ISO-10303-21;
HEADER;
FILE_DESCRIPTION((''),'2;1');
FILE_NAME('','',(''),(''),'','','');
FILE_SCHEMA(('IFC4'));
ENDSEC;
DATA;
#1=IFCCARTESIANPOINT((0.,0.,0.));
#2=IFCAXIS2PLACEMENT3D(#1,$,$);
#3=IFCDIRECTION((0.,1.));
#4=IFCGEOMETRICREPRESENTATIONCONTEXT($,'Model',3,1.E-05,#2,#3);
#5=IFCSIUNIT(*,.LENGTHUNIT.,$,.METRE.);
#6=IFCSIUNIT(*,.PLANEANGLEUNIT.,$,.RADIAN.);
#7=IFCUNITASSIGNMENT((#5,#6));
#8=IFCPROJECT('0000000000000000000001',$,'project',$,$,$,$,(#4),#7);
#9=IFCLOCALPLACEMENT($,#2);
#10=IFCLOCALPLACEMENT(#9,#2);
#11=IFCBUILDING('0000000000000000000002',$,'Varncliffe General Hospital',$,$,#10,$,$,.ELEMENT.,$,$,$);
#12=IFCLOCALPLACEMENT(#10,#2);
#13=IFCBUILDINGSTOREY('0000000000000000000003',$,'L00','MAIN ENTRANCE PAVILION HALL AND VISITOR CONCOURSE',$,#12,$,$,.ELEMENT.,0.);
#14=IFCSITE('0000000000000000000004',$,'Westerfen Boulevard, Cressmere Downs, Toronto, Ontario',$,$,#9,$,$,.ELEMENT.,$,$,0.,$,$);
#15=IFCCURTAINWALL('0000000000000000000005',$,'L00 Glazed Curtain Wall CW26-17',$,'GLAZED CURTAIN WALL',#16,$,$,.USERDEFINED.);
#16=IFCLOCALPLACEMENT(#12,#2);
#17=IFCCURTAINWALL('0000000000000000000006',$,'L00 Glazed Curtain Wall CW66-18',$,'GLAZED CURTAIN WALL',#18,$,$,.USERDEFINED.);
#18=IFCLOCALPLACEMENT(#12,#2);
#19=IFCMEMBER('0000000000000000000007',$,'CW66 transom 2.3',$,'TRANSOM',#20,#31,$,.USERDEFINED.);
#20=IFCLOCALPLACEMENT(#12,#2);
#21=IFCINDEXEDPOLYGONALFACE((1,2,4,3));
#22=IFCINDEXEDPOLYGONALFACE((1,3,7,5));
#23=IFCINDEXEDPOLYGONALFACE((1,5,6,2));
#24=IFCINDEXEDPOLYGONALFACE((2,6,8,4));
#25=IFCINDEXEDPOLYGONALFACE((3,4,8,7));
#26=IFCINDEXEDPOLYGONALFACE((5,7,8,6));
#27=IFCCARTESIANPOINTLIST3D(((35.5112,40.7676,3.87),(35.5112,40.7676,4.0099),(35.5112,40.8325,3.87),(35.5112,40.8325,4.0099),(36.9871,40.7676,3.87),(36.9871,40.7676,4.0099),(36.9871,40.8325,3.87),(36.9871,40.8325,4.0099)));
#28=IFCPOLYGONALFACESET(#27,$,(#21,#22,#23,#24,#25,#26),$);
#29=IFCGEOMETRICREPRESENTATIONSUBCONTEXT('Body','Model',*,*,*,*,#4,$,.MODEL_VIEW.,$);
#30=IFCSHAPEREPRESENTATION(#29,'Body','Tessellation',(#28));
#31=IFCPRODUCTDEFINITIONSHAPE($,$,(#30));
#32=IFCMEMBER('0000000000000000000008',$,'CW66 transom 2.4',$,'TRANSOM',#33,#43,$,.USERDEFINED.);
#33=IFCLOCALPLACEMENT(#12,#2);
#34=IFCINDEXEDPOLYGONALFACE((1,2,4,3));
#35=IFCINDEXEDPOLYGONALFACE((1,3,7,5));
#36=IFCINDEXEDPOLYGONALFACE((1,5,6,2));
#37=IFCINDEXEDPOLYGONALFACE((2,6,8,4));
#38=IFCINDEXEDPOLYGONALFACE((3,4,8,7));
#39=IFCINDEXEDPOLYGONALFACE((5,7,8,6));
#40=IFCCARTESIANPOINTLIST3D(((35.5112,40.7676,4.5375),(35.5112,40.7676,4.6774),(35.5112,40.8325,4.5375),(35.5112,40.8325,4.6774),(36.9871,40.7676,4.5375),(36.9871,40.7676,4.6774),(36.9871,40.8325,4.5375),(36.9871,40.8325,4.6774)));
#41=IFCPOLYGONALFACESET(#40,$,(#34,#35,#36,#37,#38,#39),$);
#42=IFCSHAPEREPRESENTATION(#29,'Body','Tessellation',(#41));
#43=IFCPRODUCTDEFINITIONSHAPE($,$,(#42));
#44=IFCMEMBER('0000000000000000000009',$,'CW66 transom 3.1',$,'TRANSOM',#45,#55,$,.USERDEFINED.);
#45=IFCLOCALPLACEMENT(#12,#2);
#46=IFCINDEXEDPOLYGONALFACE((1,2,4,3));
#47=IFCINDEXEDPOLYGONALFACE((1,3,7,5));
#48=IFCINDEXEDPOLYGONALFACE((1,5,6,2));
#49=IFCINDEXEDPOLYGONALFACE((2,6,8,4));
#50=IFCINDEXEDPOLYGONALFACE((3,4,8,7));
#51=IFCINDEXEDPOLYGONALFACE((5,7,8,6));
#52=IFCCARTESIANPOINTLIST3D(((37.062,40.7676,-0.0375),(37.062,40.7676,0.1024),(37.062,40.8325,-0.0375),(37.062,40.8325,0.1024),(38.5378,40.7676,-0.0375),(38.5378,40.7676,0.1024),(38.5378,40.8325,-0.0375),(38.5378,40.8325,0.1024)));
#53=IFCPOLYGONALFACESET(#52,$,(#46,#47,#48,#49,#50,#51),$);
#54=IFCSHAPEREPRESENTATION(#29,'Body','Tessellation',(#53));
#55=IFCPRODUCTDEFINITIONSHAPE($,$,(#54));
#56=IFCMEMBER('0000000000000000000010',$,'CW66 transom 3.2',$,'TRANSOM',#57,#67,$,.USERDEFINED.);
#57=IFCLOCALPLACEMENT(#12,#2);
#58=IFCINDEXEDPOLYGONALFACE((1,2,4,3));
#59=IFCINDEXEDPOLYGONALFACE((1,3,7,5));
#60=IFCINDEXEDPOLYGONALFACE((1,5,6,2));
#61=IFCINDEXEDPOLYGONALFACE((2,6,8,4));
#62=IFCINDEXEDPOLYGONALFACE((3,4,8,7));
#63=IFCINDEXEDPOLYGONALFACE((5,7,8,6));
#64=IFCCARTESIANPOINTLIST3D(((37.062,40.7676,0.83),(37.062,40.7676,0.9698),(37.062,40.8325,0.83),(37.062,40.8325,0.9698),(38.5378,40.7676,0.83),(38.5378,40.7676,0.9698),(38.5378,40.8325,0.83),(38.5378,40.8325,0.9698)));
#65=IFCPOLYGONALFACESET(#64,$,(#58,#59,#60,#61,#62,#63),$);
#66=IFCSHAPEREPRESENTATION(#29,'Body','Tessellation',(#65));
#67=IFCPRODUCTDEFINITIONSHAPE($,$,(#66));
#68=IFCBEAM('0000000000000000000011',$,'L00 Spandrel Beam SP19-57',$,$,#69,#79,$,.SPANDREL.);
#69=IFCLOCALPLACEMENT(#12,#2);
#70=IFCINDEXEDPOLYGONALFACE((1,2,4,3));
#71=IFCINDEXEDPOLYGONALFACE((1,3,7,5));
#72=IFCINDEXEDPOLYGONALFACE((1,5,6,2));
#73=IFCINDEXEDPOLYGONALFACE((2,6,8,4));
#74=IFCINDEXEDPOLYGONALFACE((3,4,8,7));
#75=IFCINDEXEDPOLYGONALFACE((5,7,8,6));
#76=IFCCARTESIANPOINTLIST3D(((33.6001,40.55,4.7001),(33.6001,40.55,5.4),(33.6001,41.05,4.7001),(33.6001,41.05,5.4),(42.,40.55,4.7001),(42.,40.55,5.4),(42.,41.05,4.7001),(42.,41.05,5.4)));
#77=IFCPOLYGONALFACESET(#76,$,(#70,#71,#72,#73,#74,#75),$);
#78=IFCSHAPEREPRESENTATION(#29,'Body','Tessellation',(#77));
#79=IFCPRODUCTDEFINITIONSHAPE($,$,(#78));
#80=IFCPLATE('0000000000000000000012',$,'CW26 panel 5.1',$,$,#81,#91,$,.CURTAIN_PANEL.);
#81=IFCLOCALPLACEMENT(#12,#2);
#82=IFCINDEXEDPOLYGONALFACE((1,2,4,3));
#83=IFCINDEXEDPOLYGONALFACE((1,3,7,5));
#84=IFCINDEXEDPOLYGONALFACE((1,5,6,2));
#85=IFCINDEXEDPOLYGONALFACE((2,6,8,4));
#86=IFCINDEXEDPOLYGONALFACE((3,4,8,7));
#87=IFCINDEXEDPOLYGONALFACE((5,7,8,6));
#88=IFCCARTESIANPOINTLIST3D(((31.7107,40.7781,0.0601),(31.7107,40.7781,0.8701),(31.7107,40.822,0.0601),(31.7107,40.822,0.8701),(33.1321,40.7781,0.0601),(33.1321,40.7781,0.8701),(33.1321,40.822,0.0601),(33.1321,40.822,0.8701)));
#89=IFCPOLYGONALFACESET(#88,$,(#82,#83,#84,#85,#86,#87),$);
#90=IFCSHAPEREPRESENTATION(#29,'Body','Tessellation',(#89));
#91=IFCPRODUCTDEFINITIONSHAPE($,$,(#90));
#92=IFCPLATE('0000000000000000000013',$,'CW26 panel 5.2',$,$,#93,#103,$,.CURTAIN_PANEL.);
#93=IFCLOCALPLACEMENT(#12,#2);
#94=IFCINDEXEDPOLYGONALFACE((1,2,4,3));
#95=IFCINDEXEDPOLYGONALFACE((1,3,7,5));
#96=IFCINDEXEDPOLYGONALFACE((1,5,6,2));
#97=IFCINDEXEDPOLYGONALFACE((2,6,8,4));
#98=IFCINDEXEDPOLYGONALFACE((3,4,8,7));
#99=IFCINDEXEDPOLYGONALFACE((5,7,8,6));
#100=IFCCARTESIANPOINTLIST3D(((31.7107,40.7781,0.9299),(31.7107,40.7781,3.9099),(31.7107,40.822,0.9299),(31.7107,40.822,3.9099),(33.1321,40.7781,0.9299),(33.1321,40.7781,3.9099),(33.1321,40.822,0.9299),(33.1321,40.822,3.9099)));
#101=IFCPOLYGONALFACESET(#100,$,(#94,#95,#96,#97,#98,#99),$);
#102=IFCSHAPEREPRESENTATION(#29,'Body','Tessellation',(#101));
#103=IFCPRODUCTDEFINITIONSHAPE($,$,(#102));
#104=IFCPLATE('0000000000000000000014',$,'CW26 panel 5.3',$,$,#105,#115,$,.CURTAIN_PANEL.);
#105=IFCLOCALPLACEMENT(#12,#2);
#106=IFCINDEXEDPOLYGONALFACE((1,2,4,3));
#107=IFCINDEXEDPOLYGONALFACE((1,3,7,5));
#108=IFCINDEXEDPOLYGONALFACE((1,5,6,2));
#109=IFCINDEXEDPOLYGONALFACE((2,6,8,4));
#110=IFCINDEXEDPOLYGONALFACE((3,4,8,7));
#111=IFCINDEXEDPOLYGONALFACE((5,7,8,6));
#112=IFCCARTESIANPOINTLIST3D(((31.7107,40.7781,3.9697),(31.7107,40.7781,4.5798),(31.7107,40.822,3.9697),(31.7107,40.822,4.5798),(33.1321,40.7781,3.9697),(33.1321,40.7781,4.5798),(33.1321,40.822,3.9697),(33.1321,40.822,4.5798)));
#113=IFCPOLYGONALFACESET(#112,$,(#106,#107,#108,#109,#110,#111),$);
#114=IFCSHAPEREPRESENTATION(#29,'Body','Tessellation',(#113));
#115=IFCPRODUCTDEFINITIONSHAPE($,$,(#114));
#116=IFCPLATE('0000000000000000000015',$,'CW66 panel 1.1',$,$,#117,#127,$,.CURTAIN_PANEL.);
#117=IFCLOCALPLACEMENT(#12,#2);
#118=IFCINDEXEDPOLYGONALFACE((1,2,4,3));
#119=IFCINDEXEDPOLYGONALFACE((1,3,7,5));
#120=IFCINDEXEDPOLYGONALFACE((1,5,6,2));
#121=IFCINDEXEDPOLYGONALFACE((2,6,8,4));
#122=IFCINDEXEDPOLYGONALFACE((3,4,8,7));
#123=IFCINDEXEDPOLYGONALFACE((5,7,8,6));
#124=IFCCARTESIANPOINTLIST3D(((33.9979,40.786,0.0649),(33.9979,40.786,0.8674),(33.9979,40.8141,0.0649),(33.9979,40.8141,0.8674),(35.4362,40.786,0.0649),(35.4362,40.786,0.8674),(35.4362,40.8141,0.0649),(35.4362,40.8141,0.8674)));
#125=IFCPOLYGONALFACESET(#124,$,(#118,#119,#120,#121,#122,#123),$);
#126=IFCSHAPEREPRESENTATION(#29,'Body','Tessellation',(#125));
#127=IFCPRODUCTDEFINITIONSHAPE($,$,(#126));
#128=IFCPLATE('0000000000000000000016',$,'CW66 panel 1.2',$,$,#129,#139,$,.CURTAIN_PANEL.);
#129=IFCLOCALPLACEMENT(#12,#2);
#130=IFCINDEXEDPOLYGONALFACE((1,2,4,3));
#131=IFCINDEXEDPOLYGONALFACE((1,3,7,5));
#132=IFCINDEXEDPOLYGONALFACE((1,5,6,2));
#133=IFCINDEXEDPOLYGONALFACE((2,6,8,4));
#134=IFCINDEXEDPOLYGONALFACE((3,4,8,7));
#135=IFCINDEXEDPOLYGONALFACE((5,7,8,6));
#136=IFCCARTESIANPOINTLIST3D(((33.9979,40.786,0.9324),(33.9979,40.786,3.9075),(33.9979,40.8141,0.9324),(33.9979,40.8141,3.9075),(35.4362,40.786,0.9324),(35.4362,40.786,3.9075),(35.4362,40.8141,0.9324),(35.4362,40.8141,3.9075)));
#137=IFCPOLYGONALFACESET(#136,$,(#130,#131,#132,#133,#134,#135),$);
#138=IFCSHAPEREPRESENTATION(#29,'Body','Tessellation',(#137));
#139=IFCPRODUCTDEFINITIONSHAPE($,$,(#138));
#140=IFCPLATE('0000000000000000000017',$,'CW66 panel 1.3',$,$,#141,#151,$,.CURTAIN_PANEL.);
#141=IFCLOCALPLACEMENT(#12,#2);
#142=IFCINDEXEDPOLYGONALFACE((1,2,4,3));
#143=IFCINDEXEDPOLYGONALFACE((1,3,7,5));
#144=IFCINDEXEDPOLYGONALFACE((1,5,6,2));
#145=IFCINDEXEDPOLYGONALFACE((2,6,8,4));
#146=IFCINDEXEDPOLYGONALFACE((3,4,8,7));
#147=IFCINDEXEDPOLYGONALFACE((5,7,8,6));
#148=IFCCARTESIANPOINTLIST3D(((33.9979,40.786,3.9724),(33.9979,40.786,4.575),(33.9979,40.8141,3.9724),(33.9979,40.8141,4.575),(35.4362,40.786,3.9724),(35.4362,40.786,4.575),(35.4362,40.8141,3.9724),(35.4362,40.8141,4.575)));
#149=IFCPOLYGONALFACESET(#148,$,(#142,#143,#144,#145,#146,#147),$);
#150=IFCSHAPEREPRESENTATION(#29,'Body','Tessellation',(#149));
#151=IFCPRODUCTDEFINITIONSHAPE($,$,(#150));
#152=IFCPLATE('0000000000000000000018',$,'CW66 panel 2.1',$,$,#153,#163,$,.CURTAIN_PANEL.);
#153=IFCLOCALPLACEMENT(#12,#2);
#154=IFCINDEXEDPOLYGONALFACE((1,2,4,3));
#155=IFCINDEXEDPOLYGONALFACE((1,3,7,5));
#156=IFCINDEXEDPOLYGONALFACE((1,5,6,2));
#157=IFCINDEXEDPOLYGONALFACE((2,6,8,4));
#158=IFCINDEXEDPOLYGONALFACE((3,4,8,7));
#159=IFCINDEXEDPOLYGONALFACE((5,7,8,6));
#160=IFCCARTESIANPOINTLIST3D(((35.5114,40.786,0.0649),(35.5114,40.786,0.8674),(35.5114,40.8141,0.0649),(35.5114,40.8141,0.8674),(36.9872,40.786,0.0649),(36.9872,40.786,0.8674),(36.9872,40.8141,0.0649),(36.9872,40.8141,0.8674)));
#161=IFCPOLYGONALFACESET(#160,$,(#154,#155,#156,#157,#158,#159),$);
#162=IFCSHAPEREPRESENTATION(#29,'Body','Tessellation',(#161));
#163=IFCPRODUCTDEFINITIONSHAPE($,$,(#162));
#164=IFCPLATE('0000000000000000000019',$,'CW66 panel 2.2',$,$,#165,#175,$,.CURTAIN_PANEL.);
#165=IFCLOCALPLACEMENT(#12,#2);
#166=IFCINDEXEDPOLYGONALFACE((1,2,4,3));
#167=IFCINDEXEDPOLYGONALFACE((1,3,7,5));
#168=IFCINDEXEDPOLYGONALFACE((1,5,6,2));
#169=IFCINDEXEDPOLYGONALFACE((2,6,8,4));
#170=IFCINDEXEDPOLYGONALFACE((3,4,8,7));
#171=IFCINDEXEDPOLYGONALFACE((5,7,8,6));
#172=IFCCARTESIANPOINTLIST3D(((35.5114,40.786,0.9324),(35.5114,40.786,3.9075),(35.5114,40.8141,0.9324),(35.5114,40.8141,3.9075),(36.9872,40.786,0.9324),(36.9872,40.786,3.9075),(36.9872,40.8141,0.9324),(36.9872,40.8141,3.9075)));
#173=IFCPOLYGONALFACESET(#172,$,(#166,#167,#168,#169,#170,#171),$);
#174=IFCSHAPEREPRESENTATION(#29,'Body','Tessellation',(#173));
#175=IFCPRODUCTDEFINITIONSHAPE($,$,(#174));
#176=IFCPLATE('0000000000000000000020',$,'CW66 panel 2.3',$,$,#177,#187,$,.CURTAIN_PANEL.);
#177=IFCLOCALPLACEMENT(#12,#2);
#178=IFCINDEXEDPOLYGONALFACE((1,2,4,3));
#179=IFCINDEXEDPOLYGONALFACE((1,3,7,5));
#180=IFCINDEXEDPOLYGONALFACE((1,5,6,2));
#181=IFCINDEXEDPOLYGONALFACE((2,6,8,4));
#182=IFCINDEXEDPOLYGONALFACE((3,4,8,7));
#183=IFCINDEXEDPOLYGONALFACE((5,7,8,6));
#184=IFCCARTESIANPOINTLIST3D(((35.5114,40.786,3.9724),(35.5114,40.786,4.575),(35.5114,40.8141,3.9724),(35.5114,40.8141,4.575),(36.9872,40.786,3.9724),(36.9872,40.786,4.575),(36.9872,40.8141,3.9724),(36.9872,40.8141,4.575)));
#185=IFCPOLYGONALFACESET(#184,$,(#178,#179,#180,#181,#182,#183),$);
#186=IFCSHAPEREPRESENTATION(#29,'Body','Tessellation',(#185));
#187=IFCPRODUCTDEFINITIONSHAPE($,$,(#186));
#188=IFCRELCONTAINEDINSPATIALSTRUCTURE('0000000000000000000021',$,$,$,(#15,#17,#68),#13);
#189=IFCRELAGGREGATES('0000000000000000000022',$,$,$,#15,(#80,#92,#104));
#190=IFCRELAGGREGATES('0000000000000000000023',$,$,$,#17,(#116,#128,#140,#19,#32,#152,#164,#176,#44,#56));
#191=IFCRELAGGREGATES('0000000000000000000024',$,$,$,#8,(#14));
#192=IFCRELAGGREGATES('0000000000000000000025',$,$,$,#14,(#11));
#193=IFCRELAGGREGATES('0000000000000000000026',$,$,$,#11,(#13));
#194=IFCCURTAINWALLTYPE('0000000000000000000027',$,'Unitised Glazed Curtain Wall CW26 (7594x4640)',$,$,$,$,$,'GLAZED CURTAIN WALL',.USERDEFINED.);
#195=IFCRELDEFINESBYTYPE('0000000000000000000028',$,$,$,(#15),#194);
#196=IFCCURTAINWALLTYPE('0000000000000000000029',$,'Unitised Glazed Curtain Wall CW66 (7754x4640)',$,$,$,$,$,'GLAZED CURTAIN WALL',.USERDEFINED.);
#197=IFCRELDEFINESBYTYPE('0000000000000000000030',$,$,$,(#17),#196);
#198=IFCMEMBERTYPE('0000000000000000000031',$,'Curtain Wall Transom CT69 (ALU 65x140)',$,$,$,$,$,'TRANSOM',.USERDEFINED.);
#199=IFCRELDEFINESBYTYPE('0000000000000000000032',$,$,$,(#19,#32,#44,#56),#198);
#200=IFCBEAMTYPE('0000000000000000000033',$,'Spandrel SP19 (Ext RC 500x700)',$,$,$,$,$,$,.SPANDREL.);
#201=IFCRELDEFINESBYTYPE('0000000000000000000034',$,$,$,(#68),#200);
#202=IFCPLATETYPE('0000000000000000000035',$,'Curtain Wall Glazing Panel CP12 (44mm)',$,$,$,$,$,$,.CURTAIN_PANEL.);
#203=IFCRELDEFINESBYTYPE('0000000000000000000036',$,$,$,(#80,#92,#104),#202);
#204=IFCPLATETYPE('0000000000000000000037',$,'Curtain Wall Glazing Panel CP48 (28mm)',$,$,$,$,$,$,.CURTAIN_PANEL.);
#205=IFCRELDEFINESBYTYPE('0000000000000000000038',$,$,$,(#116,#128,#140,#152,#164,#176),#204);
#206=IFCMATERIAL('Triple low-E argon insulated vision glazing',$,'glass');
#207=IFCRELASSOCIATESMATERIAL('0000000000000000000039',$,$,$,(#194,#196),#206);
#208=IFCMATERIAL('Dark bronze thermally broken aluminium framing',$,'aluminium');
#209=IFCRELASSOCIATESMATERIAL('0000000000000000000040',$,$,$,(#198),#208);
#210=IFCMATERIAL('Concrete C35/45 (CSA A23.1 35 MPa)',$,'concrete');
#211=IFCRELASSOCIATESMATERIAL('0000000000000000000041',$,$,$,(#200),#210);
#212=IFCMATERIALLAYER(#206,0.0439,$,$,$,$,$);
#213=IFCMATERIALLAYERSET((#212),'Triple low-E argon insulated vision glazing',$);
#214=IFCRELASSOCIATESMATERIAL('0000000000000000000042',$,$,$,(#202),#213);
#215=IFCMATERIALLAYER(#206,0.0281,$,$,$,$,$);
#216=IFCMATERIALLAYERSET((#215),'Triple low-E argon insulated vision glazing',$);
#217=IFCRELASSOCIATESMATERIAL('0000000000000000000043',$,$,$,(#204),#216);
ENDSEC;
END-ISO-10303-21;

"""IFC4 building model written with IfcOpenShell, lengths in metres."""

from ifc_helpers import new_model, si_unit, direction, frame, origin, origin_2d, place, context, subcontext, project, spatial, rectangle, extrude, material, layer, layer_set, material_profile, profile_set, type_object, element, aggregate, save


model = new_model("IFC4")

# Units and contexts
model_context = context("Model", 3, precision=1e-05, world=origin(), true_north=direction((0.0, 1.0)))
body_context = subcontext(model_context, "Body", "Model", "MODEL_VIEW")
ifc_project = project(units=[si_unit("LENGTHUNIT", "METRE"), si_unit("PLANEANGLEUNIT", "RADIAN")], contexts=[model_context])

# Site, building, storey
site_placement = place(None, origin())
site = spatial("IfcSite", under=ifc_project, at=site_placement, Name="Westerfen Boulevard, Cressmere Downs, Toronto, Ontario", CompositionType="ELEMENT", RefElevation=0.0)
building_placement = place(site_placement, origin())
building = spatial("IfcBuilding", under=site, at=building_placement, Name="Varncliffe General Hospital", CompositionType="ELEMENT")
storey_placement = place(building_placement, origin())
storey = spatial("IfcBuildingStorey", under=building, at=storey_placement, Name="L00", Description="MAIN ENTRANCE PAVILION HALL AND VISITOR CONCOURSE", CompositionType="ELEMENT", Elevation=0.0)

# Curtain wall
ifc_material_1 = material(Name="Triple low-E argon insulated vision glazing", Category="glass")
curtain_wall_type_1 = type_object("IfcCurtainWallType", Name="Unitised Glazed Curtain Wall CW26 (7594x4640)", ElementType="GLAZED CURTAIN WALL", PredefinedType="USERDEFINED", material=ifc_material_1)
curtain_wall_1_placement = place(storey_placement, origin())
curtain_wall_1 = element("IfcCurtainWall", 1, at=curtain_wall_1_placement, inside=storey, type_object=curtain_wall_type_1, Name="L00 Glazed Curtain Wall CW26-17", ObjectType="GLAZED CURTAIN WALL", PredefinedType="USERDEFINED")
ifc_material_2 = material(Name="Dark bronze thermally broken aluminium framing", Category="aluminium")

# Curtain wall
curtain_wall_type_2 = type_object("IfcCurtainWallType", Name="Unitised Glazed Curtain Wall CW66 (7754x4640)", ElementType="GLAZED CURTAIN WALL", PredefinedType="USERDEFINED", material=ifc_material_1)
curtain_wall_2_placement = place(storey_placement, origin())
curtain_wall_2 = element("IfcCurtainWall", 2, at=curtain_wall_2_placement, inside=storey, type_object=curtain_wall_type_2, Name="L00 Glazed Curtain Wall CW66-18", ObjectType="GLAZED CURTAIN WALL", PredefinedType="USERDEFINED")

# Members
ifc_material_profile_1 = material_profile(ifc_material_2, rectangle(XDim=0.0649, YDim=0.1399, at=origin_2d()), Name="ALU 65x140")
ifc_profile_set_1 = profile_set([ifc_material_profile_1], Name="Dark bronze thermally broken aluminium framing")
member_type_1 = type_object("IfcMemberType", Name="Curtain Wall Transom CT69 (ALU 65x140)", ElementType="TRANSOM", PredefinedType="USERDEFINED", material=ifc_profile_set_1)
member_1_placement = place(storey_placement, frame((35.5112, 40.8, 3.9399), z_axis=(1.0, 0.0, 0.0), x_axis=(0.0, 1.0, 0.0)))
member_1 = element("IfcMember", 3, at=member_1_placement, type_object=member_type_1, Name="CW66 transom 2.3", ObjectType="TRANSOM", PredefinedType="USERDEFINED", context=body_context, shape_type="SweptSolid", body=[
    extrude(rectangle(XDim=0.0649, YDim=0.1399, at=origin_2d()), origin(), (0.0, 0.0, 1.0), 1.4758),
])
member_2_placement = place(storey_placement, frame((35.5112, 40.8, 4.6074), z_axis=(1.0, 0.0, 0.0), x_axis=(0.0, 1.0, 0.0)))
member_2 = element("IfcMember", 4, at=member_2_placement, type_object=member_type_1, Name="CW66 transom 2.4", ObjectType="TRANSOM", PredefinedType="USERDEFINED", context=body_context, shape_type="SweptSolid", body=[
    extrude(rectangle(XDim=0.0649, YDim=0.1399, at=origin_2d()), origin(), (0.0, 0.0, 1.0), 1.4758),
])
member_3_placement = place(storey_placement, frame((37.062, 40.8, 0.0325), z_axis=(1.0, 0.0, 0.0), x_axis=(0.0, 1.0, 0.0)))
member_3 = element("IfcMember", 5, at=member_3_placement, type_object=member_type_1, Name="CW66 transom 3.1", ObjectType="TRANSOM", PredefinedType="USERDEFINED", context=body_context, shape_type="SweptSolid", body=[
    extrude(rectangle(XDim=0.0649, YDim=0.1399, at=origin_2d()), origin(), (0.0, 0.0, 1.0), 1.4758),
])
member_4_placement = place(storey_placement, frame((37.062, 40.8, 0.8999), z_axis=(1.0, 0.0, 0.0), x_axis=(0.0, 1.0, 0.0)))
member_4 = element("IfcMember", 6, at=member_4_placement, type_object=member_type_1, Name="CW66 transom 3.2", ObjectType="TRANSOM", PredefinedType="USERDEFINED", context=body_context, shape_type="SweptSolid", body=[
    extrude(rectangle(XDim=0.0649, YDim=0.1399, at=origin_2d()), origin(), (0.0, 0.0, 1.0), 1.4758),
])

# Beam
ifc_material_3 = material(Name="Concrete C35/45 (CSA A23.1 35 MPa)", Category="concrete")
ifc_material_profile_2 = material_profile(ifc_material_3, rectangle(XDim=0.5, YDim=0.7, at=origin_2d()), Name="RC 500x700")
ifc_profile_set_2 = profile_set([ifc_material_profile_2], Name="Concrete C35/45 (CSA A23.1 35 MPa)")
beam_type = type_object("IfcBeamType", Name="Spandrel SP19 (Ext RC 500x700)", PredefinedType="SPANDREL", material=ifc_profile_set_2)
beam_placement = place(storey_placement, frame((33.6001, 40.8, 5.05), z_axis=(1.0, 0.0, 0.0), x_axis=(0.0, 1.0, 0.0)))
element("IfcBeam", 7, at=beam_placement, inside=storey, type_object=beam_type, Name="L00 Spandrel Beam SP19-57", PredefinedType="SPANDREL", context=body_context, shape_type="SweptSolid", body=[
    extrude(rectangle(XDim=0.5, YDim=0.7, at=origin_2d()), origin(), (0.0, 0.0, 1.0), 8.3999),
])

# Plates
ifc_layer_1 = layer(ifc_material_1, 0.0439)
ifc_layer_set_1 = layer_set([ifc_layer_1], Name="Triple low-E argon insulated vision glazing")
plate_type_1 = type_object("IfcPlateType", Name="Curtain Wall Glazing Panel CP12 (44mm)", PredefinedType="CURTAIN_PANEL", material=ifc_layer_set_1)
plate_1_placement = place(storey_placement, frame((32.4214, 40.8, 0.0601), z_axis=(0.0, 0.0, 1.0), x_axis=(1.0, 0.0, 0.0)))
plate_1 = element("IfcPlate", 8, at=plate_1_placement, type_object=plate_type_1, Name="CW26 panel 5.1", PredefinedType="CURTAIN_PANEL", context=body_context, shape_type="SweptSolid", body=[
    extrude(rectangle(XDim=1.4214, YDim=0.0439, at=origin_2d()), origin(), (0.0, 0.0, 1.0), 0.8101),
])
plate_2_placement = place(storey_placement, frame((32.4214, 40.8, 0.9299), z_axis=(0.0, 0.0, 1.0), x_axis=(1.0, 0.0, 0.0)))
plate_2 = element("IfcPlate", 9, at=plate_2_placement, type_object=plate_type_1, Name="CW26 panel 5.2", PredefinedType="CURTAIN_PANEL", context=body_context, shape_type="SweptSolid", body=[
    extrude(rectangle(XDim=1.4214, YDim=0.0439, at=origin_2d()), origin(), (0.0, 0.0, 1.0), 2.98),
])
plate_3_placement = place(storey_placement, frame((32.4214, 40.8, 3.9697), z_axis=(0.0, 0.0, 1.0), x_axis=(1.0, 0.0, 0.0)))
plate_3 = element("IfcPlate", 10, at=plate_3_placement, type_object=plate_type_1, Name="CW26 panel 5.3", PredefinedType="CURTAIN_PANEL", context=body_context, shape_type="SweptSolid", body=[
    extrude(rectangle(XDim=1.4214, YDim=0.0439, at=origin_2d()), origin(), (0.0, 0.0, 1.0), 0.6101),
])
aggregate(curtain_wall_1, [plate_1, plate_2, plate_3])
ifc_layer_2 = layer(ifc_material_1, 0.0281)
ifc_layer_set_2 = layer_set([ifc_layer_2], Name="Triple low-E argon insulated vision glazing")
plate_type_2 = type_object("IfcPlateType", Name="Curtain Wall Glazing Panel CP48 (28mm)", PredefinedType="CURTAIN_PANEL", material=ifc_layer_set_2)
plate_4_placement = place(storey_placement, frame((34.717, 40.8, 0.0649), z_axis=(0.0, 0.0, 1.0), x_axis=(1.0, 0.0, 0.0)))
plate_4 = element("IfcPlate", 11, at=plate_4_placement, type_object=plate_type_2, Name="CW66 panel 1.1", PredefinedType="CURTAIN_PANEL", context=body_context, shape_type="SweptSolid", body=[
    extrude(rectangle(XDim=1.4382, YDim=0.0281, at=origin_2d()), origin(), (0.0, 0.0, 1.0), 0.8025),
])
plate_5_placement = place(storey_placement, frame((34.717, 40.8, 0.9324), z_axis=(0.0, 0.0, 1.0), x_axis=(1.0, 0.0, 0.0)))
plate_5 = element("IfcPlate", 12, at=plate_5_placement, type_object=plate_type_2, Name="CW66 panel 1.2", PredefinedType="CURTAIN_PANEL", context=body_context, shape_type="SweptSolid", body=[
    extrude(rectangle(XDim=1.4382, YDim=0.0281, at=origin_2d()), origin(), (0.0, 0.0, 1.0), 2.9751),
])
plate_6_placement = place(storey_placement, frame((34.717, 40.8, 3.9724), z_axis=(0.0, 0.0, 1.0), x_axis=(1.0, 0.0, 0.0)))
plate_6 = element("IfcPlate", 13, at=plate_6_placement, type_object=plate_type_2, Name="CW66 panel 1.3", PredefinedType="CURTAIN_PANEL", context=body_context, shape_type="SweptSolid", body=[
    extrude(rectangle(XDim=1.4382, YDim=0.0281, at=origin_2d()), origin(), (0.0, 0.0, 1.0), 0.6025),
])
plate_7_placement = place(storey_placement, frame((36.2493, 40.8, 0.0649), z_axis=(0.0, 0.0, 1.0), x_axis=(1.0, 0.0, 0.0)))
plate_7 = element("IfcPlate", 14, at=plate_7_placement, type_object=plate_type_2, Name="CW66 panel 2.1", PredefinedType="CURTAIN_PANEL", context=body_context, shape_type="SweptSolid", body=[
    extrude(rectangle(XDim=1.4758, YDim=0.0281, at=origin_2d()), origin(), (0.0, 0.0, 1.0), 0.8025),
])
plate_8_placement = place(storey_placement, frame((36.2493, 40.8, 0.9324), z_axis=(0.0, 0.0, 1.0), x_axis=(1.0, 0.0, 0.0)))
plate_8 = element("IfcPlate", 15, at=plate_8_placement, type_object=plate_type_2, Name="CW66 panel 2.2", PredefinedType="CURTAIN_PANEL", context=body_context, shape_type="SweptSolid", body=[
    extrude(rectangle(XDim=1.4758, YDim=0.0281, at=origin_2d()), origin(), (0.0, 0.0, 1.0), 2.9751),
])
plate_9_placement = place(storey_placement, frame((36.2493, 40.8, 3.9724), z_axis=(0.0, 0.0, 1.0), x_axis=(1.0, 0.0, 0.0)))
plate_9 = element("IfcPlate", 16, at=plate_9_placement, type_object=plate_type_2, Name="CW66 panel 2.3", PredefinedType="CURTAIN_PANEL", context=body_context, shape_type="SweptSolid", body=[
    extrude(rectangle(XDim=1.4758, YDim=0.0281, at=origin_2d()), origin(), (0.0, 0.0, 1.0), 0.6025),
])
aggregate(curtain_wall_2, [plate_4, plate_5, plate_6, member_1, member_2, plate_7, plate_8, plate_9, member_3, member_4])

save(model, "model.ifc")
